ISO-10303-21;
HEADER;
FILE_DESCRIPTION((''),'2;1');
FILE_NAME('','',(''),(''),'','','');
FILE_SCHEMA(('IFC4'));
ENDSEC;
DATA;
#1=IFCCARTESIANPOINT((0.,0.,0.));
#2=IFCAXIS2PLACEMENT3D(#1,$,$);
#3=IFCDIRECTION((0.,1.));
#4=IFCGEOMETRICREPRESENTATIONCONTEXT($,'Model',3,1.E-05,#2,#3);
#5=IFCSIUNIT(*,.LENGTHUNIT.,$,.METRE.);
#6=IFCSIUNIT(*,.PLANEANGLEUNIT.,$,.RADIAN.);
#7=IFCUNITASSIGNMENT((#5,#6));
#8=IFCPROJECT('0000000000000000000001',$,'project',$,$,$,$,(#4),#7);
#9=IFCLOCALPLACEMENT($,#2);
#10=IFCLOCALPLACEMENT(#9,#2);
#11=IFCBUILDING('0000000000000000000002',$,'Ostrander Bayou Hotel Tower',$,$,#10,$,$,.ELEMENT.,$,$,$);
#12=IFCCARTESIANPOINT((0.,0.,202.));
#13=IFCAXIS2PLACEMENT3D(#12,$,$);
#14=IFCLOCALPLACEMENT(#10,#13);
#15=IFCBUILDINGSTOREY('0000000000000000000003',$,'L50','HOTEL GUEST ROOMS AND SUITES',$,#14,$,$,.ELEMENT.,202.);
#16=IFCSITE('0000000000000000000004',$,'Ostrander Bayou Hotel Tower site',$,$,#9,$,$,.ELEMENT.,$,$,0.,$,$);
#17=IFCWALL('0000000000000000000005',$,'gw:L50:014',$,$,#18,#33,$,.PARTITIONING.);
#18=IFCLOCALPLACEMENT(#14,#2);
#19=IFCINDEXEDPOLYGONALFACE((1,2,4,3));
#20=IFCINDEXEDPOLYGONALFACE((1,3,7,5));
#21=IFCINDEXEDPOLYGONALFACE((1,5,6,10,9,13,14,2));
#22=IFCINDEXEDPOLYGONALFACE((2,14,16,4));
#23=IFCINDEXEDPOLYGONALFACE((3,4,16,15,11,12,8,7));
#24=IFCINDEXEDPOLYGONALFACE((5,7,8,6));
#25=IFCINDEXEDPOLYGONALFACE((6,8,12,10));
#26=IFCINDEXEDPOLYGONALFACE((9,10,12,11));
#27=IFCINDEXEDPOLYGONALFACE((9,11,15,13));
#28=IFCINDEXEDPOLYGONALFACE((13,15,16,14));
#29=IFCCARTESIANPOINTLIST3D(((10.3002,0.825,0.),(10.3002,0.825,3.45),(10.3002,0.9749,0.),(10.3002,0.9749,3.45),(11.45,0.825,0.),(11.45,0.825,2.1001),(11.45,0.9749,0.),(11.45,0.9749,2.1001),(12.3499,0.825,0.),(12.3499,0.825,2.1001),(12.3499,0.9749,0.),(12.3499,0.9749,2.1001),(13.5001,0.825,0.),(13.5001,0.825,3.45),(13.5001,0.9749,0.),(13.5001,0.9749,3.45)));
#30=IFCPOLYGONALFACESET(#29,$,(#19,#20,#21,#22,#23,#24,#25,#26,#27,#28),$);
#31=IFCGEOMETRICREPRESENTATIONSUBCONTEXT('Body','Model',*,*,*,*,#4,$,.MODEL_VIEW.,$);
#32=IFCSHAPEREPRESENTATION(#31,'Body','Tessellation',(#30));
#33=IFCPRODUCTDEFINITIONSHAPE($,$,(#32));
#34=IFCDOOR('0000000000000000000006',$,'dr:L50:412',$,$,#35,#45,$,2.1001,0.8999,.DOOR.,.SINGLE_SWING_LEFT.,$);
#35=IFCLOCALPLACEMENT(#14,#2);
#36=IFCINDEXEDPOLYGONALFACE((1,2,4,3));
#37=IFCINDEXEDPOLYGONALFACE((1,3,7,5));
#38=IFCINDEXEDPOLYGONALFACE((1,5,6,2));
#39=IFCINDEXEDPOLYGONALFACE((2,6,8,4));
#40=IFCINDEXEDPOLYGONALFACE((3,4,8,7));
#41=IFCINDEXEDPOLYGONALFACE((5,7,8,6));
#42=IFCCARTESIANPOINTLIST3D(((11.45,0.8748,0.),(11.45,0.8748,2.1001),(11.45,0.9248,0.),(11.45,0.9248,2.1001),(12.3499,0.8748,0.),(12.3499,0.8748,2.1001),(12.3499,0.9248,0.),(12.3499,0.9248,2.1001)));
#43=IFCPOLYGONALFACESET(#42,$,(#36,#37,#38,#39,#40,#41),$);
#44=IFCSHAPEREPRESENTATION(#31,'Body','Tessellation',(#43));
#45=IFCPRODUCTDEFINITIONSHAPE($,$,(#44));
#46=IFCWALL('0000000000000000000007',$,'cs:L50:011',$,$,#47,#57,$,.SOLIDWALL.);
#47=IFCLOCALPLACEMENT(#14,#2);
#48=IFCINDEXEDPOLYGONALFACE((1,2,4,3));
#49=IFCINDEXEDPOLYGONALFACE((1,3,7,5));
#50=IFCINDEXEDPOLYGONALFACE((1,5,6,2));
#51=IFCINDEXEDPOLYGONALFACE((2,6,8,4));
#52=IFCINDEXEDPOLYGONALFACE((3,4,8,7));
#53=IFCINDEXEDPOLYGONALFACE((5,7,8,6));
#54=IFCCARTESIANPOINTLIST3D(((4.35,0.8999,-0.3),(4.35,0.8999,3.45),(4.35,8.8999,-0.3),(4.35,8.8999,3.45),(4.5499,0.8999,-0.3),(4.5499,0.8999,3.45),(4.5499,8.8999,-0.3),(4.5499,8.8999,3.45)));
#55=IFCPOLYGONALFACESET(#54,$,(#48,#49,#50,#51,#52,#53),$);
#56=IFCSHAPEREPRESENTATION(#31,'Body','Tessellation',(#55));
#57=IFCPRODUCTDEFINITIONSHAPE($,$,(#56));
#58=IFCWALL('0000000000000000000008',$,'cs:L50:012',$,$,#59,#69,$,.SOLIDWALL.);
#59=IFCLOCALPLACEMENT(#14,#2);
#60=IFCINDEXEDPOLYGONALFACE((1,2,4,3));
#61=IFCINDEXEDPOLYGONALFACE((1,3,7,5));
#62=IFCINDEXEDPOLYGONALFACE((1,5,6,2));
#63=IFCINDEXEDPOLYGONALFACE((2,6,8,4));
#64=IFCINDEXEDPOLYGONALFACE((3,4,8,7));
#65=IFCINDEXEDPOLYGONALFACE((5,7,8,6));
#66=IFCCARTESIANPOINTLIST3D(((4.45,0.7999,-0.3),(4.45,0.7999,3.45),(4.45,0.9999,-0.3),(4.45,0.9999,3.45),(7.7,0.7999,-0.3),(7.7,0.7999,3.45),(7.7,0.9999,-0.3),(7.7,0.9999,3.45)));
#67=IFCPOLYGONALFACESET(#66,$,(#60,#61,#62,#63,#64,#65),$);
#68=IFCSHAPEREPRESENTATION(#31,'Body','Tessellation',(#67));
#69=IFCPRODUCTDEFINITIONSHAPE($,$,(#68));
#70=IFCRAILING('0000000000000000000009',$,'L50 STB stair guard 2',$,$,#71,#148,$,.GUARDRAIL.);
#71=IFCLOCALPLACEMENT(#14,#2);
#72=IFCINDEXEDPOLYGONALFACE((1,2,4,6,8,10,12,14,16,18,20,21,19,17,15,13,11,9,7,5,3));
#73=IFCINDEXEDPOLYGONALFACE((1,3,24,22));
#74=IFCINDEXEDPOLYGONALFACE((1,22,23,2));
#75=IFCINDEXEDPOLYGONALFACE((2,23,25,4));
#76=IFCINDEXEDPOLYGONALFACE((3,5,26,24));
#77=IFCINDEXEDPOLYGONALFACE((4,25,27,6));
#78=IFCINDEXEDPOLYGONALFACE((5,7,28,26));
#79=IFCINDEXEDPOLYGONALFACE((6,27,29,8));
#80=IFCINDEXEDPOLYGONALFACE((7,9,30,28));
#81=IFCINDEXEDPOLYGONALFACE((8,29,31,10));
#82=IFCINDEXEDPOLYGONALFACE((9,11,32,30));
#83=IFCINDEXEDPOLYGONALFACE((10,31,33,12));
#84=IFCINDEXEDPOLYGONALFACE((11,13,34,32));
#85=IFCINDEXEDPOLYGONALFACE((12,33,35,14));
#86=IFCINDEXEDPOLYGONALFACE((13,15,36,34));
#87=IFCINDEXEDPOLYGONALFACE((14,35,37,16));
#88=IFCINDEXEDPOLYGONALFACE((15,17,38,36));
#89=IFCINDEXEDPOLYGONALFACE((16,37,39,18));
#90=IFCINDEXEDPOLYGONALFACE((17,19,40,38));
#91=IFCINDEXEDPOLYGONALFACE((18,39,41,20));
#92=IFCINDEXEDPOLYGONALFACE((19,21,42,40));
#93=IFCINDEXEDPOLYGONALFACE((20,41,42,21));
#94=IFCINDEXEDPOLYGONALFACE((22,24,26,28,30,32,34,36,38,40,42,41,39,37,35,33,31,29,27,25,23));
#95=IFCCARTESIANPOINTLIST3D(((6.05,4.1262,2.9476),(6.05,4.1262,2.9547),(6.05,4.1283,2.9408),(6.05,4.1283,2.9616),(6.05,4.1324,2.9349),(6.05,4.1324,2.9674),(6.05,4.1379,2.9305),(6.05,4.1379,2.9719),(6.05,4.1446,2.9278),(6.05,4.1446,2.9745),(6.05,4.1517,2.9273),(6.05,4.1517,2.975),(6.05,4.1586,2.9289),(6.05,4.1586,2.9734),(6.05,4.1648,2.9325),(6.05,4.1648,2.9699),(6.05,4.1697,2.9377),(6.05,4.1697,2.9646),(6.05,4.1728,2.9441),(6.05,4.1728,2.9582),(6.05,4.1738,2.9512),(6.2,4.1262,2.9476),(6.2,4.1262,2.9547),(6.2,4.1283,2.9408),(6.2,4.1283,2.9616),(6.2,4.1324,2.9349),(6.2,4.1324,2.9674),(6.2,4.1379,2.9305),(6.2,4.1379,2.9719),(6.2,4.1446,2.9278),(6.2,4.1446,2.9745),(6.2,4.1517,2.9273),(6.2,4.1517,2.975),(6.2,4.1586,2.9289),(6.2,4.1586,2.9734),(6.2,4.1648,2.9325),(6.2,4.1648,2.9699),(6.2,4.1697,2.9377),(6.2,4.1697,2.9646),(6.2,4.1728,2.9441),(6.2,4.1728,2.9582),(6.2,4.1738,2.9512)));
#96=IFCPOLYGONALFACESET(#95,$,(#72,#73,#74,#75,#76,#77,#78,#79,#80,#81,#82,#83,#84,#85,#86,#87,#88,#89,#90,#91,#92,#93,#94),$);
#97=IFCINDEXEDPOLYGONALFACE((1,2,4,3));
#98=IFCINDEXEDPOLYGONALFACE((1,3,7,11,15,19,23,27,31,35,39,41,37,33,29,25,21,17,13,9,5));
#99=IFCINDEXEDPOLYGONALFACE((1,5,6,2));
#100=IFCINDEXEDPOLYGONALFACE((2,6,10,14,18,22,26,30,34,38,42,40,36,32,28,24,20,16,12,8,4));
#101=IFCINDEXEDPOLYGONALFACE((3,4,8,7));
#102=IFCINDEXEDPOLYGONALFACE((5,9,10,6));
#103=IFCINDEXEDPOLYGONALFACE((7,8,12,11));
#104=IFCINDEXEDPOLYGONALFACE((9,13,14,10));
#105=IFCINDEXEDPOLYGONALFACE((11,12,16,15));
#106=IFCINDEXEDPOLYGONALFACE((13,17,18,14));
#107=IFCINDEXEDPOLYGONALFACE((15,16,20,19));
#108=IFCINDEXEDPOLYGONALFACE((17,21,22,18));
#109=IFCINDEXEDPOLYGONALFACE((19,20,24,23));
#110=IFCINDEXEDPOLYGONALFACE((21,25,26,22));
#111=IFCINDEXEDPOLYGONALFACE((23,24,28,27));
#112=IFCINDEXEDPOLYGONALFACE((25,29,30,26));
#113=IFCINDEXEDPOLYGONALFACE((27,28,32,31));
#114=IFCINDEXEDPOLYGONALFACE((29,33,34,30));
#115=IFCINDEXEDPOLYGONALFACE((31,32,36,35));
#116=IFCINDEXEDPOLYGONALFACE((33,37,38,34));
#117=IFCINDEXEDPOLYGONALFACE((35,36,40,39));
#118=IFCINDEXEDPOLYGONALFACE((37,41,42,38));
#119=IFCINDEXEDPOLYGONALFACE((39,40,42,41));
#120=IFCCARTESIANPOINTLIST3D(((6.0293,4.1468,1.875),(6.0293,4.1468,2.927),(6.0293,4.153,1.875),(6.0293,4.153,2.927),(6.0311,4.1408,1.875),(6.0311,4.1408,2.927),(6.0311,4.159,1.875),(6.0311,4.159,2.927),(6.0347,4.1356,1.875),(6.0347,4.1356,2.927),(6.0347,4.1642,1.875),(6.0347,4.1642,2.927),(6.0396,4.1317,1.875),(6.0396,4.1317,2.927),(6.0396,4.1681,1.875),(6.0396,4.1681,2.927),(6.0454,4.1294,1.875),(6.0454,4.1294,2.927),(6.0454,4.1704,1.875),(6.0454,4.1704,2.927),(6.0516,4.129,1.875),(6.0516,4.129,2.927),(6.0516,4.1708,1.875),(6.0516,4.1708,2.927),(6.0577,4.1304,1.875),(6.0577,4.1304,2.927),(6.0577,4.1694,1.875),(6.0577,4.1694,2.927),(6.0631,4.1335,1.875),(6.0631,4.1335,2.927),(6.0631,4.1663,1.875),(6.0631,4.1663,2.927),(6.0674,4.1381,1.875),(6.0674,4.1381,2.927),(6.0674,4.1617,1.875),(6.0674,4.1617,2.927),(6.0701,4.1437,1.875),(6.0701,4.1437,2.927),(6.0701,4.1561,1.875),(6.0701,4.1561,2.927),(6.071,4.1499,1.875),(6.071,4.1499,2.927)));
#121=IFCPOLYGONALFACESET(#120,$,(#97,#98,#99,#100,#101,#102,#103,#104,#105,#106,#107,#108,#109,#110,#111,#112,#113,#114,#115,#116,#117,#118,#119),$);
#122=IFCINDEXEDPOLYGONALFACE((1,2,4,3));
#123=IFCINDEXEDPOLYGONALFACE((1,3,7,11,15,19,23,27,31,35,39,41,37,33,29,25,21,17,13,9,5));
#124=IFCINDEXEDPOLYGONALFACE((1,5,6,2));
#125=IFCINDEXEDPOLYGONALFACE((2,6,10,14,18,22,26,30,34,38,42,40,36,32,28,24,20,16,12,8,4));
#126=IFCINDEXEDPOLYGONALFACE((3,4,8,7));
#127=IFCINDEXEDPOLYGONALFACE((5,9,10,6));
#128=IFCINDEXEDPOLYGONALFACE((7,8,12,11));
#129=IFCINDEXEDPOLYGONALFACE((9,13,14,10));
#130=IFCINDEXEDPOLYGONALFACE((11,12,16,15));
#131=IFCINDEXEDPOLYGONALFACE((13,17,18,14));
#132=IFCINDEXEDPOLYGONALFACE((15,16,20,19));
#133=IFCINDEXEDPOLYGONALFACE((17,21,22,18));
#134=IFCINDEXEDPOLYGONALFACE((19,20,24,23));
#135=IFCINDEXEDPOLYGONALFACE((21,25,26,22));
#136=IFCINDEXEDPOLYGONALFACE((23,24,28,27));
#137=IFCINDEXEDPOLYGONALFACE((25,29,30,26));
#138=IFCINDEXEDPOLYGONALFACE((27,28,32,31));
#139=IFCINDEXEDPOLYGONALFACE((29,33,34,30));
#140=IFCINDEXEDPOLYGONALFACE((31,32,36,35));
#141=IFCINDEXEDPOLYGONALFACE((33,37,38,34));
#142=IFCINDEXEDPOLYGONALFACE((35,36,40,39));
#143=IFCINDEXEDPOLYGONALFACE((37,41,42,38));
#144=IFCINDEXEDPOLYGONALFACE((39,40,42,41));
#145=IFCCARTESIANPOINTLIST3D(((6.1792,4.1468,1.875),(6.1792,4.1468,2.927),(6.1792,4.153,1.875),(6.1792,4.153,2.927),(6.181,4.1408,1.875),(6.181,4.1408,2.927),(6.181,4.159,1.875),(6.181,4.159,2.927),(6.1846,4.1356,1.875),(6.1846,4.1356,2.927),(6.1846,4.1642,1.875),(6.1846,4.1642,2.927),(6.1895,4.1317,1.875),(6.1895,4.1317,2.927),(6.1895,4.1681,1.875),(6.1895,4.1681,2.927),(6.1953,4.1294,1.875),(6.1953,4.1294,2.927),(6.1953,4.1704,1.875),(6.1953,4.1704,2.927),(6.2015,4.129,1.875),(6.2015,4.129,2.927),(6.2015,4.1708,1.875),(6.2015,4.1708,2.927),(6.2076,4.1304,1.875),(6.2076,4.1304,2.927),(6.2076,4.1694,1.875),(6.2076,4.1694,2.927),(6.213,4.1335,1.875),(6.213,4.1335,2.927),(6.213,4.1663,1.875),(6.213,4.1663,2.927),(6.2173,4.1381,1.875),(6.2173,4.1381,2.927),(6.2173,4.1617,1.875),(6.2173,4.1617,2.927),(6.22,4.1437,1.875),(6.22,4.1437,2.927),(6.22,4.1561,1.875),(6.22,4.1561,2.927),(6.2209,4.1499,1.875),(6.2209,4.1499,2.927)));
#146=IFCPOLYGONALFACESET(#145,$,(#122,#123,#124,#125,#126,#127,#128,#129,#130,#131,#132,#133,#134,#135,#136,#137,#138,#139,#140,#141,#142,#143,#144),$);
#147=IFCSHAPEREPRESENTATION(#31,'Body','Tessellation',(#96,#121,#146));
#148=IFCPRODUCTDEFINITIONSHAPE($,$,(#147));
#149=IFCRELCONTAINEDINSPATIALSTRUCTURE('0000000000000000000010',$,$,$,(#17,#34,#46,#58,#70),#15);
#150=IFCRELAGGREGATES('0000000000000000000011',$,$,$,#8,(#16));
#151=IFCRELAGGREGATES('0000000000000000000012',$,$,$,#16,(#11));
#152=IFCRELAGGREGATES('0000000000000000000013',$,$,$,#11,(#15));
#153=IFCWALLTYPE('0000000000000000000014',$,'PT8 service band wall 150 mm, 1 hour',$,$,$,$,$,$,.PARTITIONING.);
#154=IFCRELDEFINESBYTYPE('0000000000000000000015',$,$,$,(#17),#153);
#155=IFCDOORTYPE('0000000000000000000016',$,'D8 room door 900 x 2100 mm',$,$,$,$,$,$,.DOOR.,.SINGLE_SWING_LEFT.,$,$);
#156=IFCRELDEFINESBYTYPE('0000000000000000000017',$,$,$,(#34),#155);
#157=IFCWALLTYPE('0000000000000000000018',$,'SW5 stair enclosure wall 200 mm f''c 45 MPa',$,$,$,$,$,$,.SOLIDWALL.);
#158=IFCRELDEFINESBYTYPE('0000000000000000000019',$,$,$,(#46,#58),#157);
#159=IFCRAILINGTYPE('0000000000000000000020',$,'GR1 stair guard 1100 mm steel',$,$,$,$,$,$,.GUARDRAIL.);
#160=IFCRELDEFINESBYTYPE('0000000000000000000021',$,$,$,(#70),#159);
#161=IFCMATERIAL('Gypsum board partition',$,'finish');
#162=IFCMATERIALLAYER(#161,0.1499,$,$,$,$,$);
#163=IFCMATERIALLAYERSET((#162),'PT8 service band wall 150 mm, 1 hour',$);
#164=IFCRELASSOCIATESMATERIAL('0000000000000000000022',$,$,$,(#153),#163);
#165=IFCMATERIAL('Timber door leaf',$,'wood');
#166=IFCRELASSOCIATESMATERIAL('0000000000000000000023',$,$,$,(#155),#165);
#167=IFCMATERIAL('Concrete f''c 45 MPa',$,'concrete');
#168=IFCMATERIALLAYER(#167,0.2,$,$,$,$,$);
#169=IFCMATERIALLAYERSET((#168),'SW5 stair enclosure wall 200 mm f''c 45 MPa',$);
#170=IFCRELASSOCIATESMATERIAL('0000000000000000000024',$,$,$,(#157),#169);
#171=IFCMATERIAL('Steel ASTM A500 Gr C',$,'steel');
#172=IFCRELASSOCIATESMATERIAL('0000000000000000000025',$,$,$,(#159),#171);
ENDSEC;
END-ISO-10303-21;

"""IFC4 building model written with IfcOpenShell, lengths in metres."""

from ifc_helpers import new_model, si_unit, direction, frame, frame_2d, origin, origin_2d, place, context, subcontext, project, spatial, rectangle, circle, extrude, material, layer, layer_set, type_object, element, fill, save


model = new_model("IFC4")

# Units and contexts
model_context = context("Model", 3, precision=1e-05, world=origin(), true_north=direction((0.0, 1.0)))
body_context = subcontext(model_context, "Body", "Model", "MODEL_VIEW")
ifc_project = project(units=[si_unit("LENGTHUNIT", "METRE"), si_unit("PLANEANGLEUNIT", "RADIAN")], contexts=[model_context])

# Site, building, storey
site_placement = place(None, origin())
site = spatial("IfcSite", under=ifc_project, at=site_placement, Name="Ostrander Bayou Hotel Tower site", CompositionType="ELEMENT", RefElevation=0.0)
building_placement = place(site_placement, origin())
building = spatial("IfcBuilding", under=site, at=building_placement, Name="Ostrander Bayou Hotel Tower", CompositionType="ELEMENT")
storey_placement = place(building_placement, frame((0.0, 0.0, 202.0)))
storey = spatial("IfcBuildingStorey", under=building, at=storey_placement, Name="L50", Description="HOTEL GUEST ROOMS AND SUITES", CompositionType="ELEMENT", Elevation=202.0)

# Wall, opening, door
ifc_material_1 = material(Name="Gypsum board partition", Category="finish")
ifc_layer_1 = layer(ifc_material_1, 0.1499)
ifc_layer_set_1 = layer_set([ifc_layer_1], Name="PT8 service band wall 150 mm, 1 hour")
wall_type_1 = type_object("IfcWallType", Name="PT8 service band wall 150 mm, 1 hour", PredefinedType="PARTITIONING", material=ifc_layer_set_1)
wall_1_placement = place(storey_placement, frame((10.3, 0.8999, 0.0), z_axis=(0.0, 0.0, 1.0), x_axis=(1.0, 0.0, 0.0)))
wall_1 = element("IfcWall", 1, at=wall_1_placement, inside=storey, type_object=wall_type_1, Name="gw:L50:014", PredefinedType="PARTITIONING", context=body_context, shape_type="SweptSolid", body=[
    extrude(rectangle(XDim=3.2, YDim=0.1499, at=frame_2d((1.6001, 0.0))), origin(), (0.0, 0.0, 1.0), 3.45),
])
opening_1_placement = place(wall_1_placement, frame((1.1499, 0.0, 0.0)))
opening_1 = element("IfcOpeningElement", 2, at=opening_1_placement, cuts=wall_1, PredefinedType="OPENING", context=body_context, shape_type="SweptSolid", body=[
    extrude(rectangle(XDim=0.8999, YDim=2.1001, at=frame_2d((0.45, 1.05))), frame((0.0, 0.075, 0.0), z_axis=(0.0, -1.0, 0.0), x_axis=(1.0, 0.0, 0.0)), (0.0, 0.0, 1.0), 0.1499),
])
ifc_material_2 = material(Name="Timber door leaf", Category="wood")
door_type_1 = type_object("IfcDoorType", Name="D8 room door 900 x 2100 mm", OperationType="SINGLE_SWING_LEFT", PredefinedType="DOOR", material=ifc_material_2)
door_1_placement = place(opening_1_placement, origin())
door_1 = element("IfcDoor", 3, at=door_1_placement, inside=storey, type_object=door_type_1, Name="dr:L50:412", OperationType="SINGLE_SWING_LEFT", OverallHeight=2.1001, OverallWidth=0.8999, PredefinedType="DOOR", context=body_context, shape_type="SweptSolid", body=[
    extrude(rectangle(XDim=0.8999, YDim=2.1001, at=frame_2d((0.45, 1.05))), frame((0.0, 0.0249, 0.0), z_axis=(0.0, -1.0, 0.0), x_axis=(1.0, 0.0, 0.0)), (0.0, 0.0, 1.0), 0.05),
])
fill(opening_1, door_1)

# Walls
ifc_material_3 = material(Name="Concrete f'c 45 MPa", Category="concrete")
ifc_layer_2 = layer(ifc_material_3, 0.2)
ifc_layer_set_2 = layer_set([ifc_layer_2], Name="SW5 stair enclosure wall 200 mm f'c 45 MPa")
wall_type_2 = type_object("IfcWallType", Name="SW5 stair enclosure wall 200 mm f'c 45 MPa", PredefinedType="SOLIDWALL", material=ifc_layer_set_2)
wall_2_placement = place(storey_placement, frame((4.45, 0.8999, -0.3), z_axis=(0.0, 0.0, 1.0), x_axis=(0.0, 1.0, 0.0)))
element("IfcWall", 4, at=wall_2_placement, inside=storey, type_object=wall_type_2, Name="cs:L50:011", PredefinedType="SOLIDWALL", context=body_context, shape_type="SweptSolid", body=[
    extrude(rectangle(XDim=8.0, YDim=0.2, at=frame_2d((4.0, 0.0))), origin(), (0.0, 0.0, 1.0), 3.75),
])
wall_3_placement = place(storey_placement, frame((4.45, 0.8999, -0.3), z_axis=(0.0, 0.0, 1.0), x_axis=(1.0, 0.0, 0.0)))
element("IfcWall", 5, at=wall_3_placement, inside=storey, type_object=wall_type_2, Name="cs:L50:012", PredefinedType="SOLIDWALL", context=body_context, shape_type="SweptSolid", body=[
    extrude(rectangle(XDim=3.25, YDim=0.2, at=frame_2d((1.625, 0.0))), origin(), (0.0, 0.0, 1.0), 3.75),
])

# Railing
ifc_material_4 = material(Name="Steel ASTM A500 Gr C", Category="steel")
railing_type = type_object("IfcRailingType", Name="GR1 stair guard 1100 mm steel", PredefinedType="GUARDRAIL", material=ifc_material_4)
railing_placement = place(storey_placement, frame((6.05, 4.1499, 1.875)))
element("IfcRailing", 6, at=railing_placement, inside=storey, type_object=railing_type, Name="L50 STB stair guard 2", PredefinedType="GUARDRAIL", context=body_context, shape_type="SweptSolid", body=[
    extrude(circle(Radius=0.0239, at=origin_2d()), frame((0.0, 0.0, 1.0762), z_axis=(1.0, 0.0, 0.0), x_axis=(0.0, 1.0, 0.0)), (0.0, 0.0, 1.0), 0.1499),
    extrude(circle(Radius=0.021, at=origin_2d()), origin(), (0.0, 0.0, 1.0), 1.052),
    extrude(circle(Radius=0.021, at=origin_2d()), frame((0.1499, 0.0, 0.0)), (0.0, 0.0, 1.0), 1.052),
])

save(model, "model.ifc")
